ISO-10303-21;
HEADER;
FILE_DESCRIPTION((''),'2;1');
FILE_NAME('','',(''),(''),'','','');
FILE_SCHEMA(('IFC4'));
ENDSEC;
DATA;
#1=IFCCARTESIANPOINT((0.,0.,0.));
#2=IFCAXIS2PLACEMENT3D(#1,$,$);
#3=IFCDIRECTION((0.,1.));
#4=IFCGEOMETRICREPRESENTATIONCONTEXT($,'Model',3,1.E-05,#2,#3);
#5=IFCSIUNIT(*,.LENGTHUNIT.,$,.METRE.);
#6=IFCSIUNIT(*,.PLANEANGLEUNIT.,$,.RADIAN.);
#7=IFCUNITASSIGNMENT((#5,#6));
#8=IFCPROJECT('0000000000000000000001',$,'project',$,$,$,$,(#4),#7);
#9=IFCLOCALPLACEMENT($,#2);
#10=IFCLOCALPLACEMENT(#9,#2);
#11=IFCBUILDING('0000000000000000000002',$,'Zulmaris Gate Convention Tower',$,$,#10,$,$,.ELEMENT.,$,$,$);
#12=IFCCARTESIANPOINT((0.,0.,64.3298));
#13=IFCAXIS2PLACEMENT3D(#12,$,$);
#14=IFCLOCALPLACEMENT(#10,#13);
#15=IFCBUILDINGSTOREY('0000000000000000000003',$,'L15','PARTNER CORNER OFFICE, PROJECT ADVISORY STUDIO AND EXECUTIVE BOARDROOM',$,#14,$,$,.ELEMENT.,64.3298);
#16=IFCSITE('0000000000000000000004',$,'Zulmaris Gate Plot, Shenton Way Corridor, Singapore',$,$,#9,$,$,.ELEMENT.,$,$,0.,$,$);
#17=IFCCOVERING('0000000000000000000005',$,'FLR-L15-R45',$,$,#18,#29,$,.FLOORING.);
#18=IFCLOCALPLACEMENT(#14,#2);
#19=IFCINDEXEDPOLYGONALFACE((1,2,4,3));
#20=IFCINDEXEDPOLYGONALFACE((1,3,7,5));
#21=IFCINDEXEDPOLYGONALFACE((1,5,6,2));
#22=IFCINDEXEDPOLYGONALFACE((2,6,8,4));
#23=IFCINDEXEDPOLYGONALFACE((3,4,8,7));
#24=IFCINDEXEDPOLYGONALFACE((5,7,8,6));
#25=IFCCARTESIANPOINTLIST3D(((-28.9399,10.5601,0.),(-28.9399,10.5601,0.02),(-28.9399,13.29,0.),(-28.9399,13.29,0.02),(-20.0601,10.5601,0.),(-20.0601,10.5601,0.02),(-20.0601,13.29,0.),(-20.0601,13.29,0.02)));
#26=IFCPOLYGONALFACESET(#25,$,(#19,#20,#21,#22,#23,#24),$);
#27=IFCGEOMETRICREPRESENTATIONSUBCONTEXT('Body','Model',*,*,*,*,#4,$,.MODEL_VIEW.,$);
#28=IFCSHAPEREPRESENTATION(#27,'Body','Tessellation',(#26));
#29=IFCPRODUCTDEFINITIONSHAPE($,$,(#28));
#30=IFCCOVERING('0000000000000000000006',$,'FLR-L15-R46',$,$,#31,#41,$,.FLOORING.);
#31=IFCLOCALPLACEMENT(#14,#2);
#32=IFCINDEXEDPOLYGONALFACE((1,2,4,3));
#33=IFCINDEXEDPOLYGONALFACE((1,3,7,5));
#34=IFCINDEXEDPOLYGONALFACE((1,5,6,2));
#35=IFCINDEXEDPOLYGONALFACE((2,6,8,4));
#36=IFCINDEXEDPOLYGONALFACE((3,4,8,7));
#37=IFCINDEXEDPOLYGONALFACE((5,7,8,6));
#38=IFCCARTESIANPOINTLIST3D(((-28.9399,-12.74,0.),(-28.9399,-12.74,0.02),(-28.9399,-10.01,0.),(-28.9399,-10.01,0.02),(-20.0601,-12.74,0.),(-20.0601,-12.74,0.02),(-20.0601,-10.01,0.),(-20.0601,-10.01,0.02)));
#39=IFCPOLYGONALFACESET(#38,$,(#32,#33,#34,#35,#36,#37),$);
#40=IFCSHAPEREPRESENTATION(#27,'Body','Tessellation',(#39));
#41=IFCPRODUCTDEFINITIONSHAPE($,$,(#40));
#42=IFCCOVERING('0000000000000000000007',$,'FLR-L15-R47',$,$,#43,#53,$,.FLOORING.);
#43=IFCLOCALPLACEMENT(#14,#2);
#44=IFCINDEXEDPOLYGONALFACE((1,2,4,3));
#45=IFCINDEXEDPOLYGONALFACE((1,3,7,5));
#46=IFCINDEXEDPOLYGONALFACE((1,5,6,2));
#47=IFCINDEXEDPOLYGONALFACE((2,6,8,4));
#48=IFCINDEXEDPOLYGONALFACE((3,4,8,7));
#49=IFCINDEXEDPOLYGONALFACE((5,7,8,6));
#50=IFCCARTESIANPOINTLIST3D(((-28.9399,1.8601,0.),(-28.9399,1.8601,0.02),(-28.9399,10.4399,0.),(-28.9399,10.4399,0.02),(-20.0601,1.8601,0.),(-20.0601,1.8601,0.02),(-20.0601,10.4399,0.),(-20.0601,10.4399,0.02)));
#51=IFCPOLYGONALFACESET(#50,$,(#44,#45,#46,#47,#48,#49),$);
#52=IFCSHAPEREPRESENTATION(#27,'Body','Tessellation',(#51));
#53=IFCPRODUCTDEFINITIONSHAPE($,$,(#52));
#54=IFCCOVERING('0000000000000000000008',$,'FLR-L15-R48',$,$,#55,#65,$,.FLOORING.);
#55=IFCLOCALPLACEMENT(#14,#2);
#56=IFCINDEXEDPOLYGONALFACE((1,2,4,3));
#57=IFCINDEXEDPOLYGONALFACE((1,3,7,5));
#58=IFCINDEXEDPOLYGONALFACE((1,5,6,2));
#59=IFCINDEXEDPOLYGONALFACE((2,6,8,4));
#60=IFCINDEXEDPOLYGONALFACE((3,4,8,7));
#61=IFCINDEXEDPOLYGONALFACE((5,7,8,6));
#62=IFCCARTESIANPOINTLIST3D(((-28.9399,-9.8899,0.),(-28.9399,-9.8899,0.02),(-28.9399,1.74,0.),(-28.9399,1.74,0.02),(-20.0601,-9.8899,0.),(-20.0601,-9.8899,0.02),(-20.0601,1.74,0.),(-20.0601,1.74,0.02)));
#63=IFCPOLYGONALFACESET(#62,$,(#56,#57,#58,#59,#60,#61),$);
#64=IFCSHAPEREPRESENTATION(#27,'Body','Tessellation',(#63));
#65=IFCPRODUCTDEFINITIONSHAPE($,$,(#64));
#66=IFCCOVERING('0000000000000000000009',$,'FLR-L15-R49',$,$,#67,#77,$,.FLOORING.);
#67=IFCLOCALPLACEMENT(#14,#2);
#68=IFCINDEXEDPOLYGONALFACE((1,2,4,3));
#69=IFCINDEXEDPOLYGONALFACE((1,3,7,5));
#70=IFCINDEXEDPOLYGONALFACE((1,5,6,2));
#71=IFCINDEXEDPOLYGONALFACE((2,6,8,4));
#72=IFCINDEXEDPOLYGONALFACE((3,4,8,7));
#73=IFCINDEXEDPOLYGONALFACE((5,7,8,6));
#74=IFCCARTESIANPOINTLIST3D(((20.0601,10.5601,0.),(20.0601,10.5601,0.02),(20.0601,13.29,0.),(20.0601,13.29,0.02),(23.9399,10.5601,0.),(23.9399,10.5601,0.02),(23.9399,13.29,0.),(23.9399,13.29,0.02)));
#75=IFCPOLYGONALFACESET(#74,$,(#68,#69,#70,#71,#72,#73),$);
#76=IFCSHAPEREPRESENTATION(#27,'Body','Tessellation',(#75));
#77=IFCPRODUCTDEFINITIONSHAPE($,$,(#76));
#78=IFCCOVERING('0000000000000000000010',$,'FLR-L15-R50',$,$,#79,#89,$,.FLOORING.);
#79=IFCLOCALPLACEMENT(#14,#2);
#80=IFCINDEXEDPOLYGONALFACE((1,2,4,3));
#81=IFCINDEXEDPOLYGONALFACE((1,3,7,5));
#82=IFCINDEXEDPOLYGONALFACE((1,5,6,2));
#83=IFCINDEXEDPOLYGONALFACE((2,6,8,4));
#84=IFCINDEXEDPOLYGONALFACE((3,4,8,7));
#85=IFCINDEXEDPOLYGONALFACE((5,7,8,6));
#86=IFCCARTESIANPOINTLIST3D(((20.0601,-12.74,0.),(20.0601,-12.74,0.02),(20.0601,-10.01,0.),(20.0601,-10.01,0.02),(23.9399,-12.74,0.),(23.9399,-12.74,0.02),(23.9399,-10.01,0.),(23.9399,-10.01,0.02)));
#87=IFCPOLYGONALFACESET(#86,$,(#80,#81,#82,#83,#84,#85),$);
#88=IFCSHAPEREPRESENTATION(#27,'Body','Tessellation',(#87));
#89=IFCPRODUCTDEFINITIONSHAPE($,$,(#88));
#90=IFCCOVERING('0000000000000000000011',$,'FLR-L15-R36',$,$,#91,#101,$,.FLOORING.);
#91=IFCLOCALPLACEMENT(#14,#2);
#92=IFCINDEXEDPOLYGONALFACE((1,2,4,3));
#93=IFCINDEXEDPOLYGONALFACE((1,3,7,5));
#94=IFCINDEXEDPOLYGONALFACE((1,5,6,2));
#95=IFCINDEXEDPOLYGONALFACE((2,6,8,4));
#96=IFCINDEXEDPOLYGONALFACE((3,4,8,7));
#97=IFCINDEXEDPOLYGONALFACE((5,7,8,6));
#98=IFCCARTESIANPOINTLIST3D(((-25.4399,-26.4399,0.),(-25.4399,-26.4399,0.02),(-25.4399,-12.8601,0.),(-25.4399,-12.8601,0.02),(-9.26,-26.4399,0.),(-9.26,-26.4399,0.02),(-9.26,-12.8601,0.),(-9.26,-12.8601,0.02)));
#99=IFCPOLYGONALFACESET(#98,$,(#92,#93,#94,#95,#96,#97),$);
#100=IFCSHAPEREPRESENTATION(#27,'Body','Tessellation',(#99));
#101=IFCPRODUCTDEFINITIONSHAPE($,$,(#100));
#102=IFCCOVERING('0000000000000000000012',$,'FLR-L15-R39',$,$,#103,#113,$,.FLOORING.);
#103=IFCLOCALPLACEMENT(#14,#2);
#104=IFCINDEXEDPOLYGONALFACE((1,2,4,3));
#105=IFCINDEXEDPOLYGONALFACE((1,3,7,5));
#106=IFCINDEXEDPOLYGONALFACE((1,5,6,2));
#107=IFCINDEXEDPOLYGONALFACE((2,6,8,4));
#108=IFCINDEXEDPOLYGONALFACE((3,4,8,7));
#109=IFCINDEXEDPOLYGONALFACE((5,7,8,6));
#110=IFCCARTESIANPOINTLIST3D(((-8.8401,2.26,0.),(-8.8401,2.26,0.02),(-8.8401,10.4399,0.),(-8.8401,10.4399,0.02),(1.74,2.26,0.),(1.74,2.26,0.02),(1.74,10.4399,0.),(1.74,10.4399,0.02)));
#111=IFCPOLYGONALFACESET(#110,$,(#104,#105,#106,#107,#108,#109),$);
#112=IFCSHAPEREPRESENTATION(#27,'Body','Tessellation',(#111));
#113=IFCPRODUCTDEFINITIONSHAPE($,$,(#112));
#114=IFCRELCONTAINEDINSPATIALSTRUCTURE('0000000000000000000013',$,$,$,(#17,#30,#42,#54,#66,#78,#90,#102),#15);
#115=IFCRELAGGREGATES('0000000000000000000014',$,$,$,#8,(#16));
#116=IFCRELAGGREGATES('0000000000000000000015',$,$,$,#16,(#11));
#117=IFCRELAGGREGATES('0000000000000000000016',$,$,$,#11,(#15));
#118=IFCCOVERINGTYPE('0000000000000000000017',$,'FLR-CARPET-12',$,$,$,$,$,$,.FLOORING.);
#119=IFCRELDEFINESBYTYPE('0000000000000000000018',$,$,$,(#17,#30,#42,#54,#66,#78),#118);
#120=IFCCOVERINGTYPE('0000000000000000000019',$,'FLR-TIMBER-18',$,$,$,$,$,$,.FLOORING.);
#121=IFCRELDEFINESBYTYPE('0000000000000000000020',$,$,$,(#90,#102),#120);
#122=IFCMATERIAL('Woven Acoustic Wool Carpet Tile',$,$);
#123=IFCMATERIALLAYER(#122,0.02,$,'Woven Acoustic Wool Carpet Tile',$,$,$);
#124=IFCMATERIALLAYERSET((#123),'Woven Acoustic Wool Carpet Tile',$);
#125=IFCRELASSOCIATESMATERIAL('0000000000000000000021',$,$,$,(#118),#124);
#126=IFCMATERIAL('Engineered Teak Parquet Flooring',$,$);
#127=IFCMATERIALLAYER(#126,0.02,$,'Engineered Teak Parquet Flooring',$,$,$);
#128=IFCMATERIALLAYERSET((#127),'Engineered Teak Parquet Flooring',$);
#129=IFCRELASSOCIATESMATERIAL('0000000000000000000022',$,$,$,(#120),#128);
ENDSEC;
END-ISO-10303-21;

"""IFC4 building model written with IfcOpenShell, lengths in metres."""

from ifc_helpers import new_model, si_unit, direction, frame, origin, place, context, subcontext, project, spatial, polyline, outline, extrude, material, layer, layer_set, type_object, element, save


model = new_model("IFC4")

# Units and contexts
model_context = context("Model", 3, precision=1e-05, world=origin(), true_north=direction((0.0, 1.0)))
body_context = subcontext(model_context, "Body", "Model", "MODEL_VIEW")
ifc_project = project(units=[si_unit("LENGTHUNIT", "METRE"), si_unit("PLANEANGLEUNIT", "RADIAN")], contexts=[model_context])

# Site, building, storey
site_placement = place(None, origin())
site = spatial("IfcSite", under=ifc_project, at=site_placement, Name="Zulmaris Gate Plot, Shenton Way Corridor, Singapore", CompositionType="ELEMENT", RefElevation=0.0)
building_placement = place(site_placement, origin())
building = spatial("IfcBuilding", under=site, at=building_placement, Name="Zulmaris Gate Convention Tower", CompositionType="ELEMENT")
storey_placement = place(building_placement, frame((0.0, 0.0, 64.3298)))
storey = spatial("IfcBuildingStorey", under=building, at=storey_placement, Name="L15", Description="PARTNER CORNER OFFICE, PROJECT ADVISORY STUDIO AND EXECUTIVE BOARDROOM", CompositionType="ELEMENT", Elevation=64.3298)

# Coverings
ifc_material_1 = material(Name="Woven Acoustic Wool Carpet Tile")
ifc_layer_1 = layer(ifc_material_1, 0.02, Name="Woven Acoustic Wool Carpet Tile")
ifc_layer_set_1 = layer_set([ifc_layer_1], Name="Woven Acoustic Wool Carpet Tile")
covering_type_1 = type_object("IfcCoveringType", Name="FLR-CARPET-12", PredefinedType="FLOORING", material=ifc_layer_set_1)
covering_1_placement = place(storey_placement, origin())
element("IfcCovering", 1, at=covering_1_placement, inside=storey, type_object=covering_type_1, Name="FLR-L15-R45", PredefinedType="FLOORING", context=body_context, shape_type="SweptSolid", body=[
    extrude(outline(polyline([(-28.9399, 10.5601), (-20.0601, 10.5601), (-20.0601, 13.29), (-28.9399, 13.29), (-28.9399, 10.5601)])), origin(), (0.0, 0.0, 1.0), 0.02),
])
covering_2_placement = place(storey_placement, origin())
element("IfcCovering", 2, at=covering_2_placement, inside=storey, type_object=covering_type_1, Name="FLR-L15-R46", PredefinedType="FLOORING", context=body_context, shape_type="SweptSolid", body=[
    extrude(outline(polyline([(-28.9399, -12.74), (-20.0601, -12.74), (-20.0601, -10.01), (-28.9399, -10.01), (-28.9399, -12.74)])), origin(), (0.0, 0.0, 1.0), 0.02),
])
covering_3_placement = place(storey_placement, origin())
element("IfcCovering", 3, at=covering_3_placement, inside=storey, type_object=covering_type_1, Name="FLR-L15-R47", PredefinedType="FLOORING", context=body_context, shape_type="SweptSolid", body=[
    extrude(outline(polyline([(-28.9399, 1.8601), (-20.0601, 1.8601), (-20.0601, 10.4399), (-28.9399, 10.4399), (-28.9399, 1.8601)])), origin(), (0.0, 0.0, 1.0), 0.02),
])
covering_4_placement = place(storey_placement, origin())
element("IfcCovering", 4, at=covering_4_placement, inside=storey, type_object=covering_type_1, Name="FLR-L15-R48", PredefinedType="FLOORING", context=body_context, shape_type="SweptSolid", body=[
    extrude(outline(polyline([(-28.9399, -9.8899), (-20.0601, -9.8899), (-20.0601, 1.74), (-28.9399, 1.74), (-28.9399, -9.8899)])), origin(), (0.0, 0.0, 1.0), 0.02),
])
covering_5_placement = place(storey_placement, origin())
element("IfcCovering", 5, at=covering_5_placement, inside=storey, type_object=covering_type_1, Name="FLR-L15-R49", PredefinedType="FLOORING", context=body_context, shape_type="SweptSolid", body=[
    extrude(outline(polyline([(20.0601, 10.5601), (23.9399, 10.5601), (23.9399, 13.29), (20.0601, 13.29), (20.0601, 10.5601)])), origin(), (0.0, 0.0, 1.0), 0.02),
])
covering_6_placement = place(storey_placement, origin())
element("IfcCovering", 6, at=covering_6_placement, inside=storey, type_object=covering_type_1, Name="FLR-L15-R50", PredefinedType="FLOORING", context=body_context, shape_type="SweptSolid", body=[
    extrude(outline(polyline([(20.0601, -12.74), (23.9399, -12.74), (23.9399, -10.01), (20.0601, -10.01), (20.0601, -12.74)])), origin(), (0.0, 0.0, 1.0), 0.02),
])
ifc_material_2 = material(Name="Engineered Teak Parquet Flooring")
ifc_layer_2 = layer(ifc_material_2, 0.02, Name="Engineered Teak Parquet Flooring")
ifc_layer_set_2 = layer_set([ifc_layer_2], Name="Engineered Teak Parquet Flooring")
covering_type_2 = type_object("IfcCoveringType", Name="FLR-TIMBER-18", PredefinedType="FLOORING", material=ifc_layer_set_2)
covering_7_placement = place(storey_placement, origin())
element("IfcCovering", 7, at=covering_7_placement, inside=storey, type_object=covering_type_2, Name="FLR-L15-R36", PredefinedType="FLOORING", context=body_context, shape_type="SweptSolid", body=[
    extrude(outline(polyline([(-25.4399, -26.4399), (-9.26, -26.4399), (-9.26, -12.8601), (-25.4399, -12.8601), (-25.4399, -26.4399)])), origin(), (0.0, 0.0, 1.0), 0.02),
])
covering_8_placement = place(storey_placement, origin())
element("IfcCovering", 8, at=covering_8_placement, inside=storey, type_object=covering_type_2, Name="FLR-L15-R39", PredefinedType="FLOORING", context=body_context, shape_type="SweptSolid", body=[
    extrude(outline(polyline([(-8.8401, 2.26), (1.74, 2.26), (1.74, 10.4399), (-8.8401, 10.4399), (-8.8401, 2.26)])), origin(), (0.0, 0.0, 1.0), 0.02),
])

save(model, "model.ifc")
